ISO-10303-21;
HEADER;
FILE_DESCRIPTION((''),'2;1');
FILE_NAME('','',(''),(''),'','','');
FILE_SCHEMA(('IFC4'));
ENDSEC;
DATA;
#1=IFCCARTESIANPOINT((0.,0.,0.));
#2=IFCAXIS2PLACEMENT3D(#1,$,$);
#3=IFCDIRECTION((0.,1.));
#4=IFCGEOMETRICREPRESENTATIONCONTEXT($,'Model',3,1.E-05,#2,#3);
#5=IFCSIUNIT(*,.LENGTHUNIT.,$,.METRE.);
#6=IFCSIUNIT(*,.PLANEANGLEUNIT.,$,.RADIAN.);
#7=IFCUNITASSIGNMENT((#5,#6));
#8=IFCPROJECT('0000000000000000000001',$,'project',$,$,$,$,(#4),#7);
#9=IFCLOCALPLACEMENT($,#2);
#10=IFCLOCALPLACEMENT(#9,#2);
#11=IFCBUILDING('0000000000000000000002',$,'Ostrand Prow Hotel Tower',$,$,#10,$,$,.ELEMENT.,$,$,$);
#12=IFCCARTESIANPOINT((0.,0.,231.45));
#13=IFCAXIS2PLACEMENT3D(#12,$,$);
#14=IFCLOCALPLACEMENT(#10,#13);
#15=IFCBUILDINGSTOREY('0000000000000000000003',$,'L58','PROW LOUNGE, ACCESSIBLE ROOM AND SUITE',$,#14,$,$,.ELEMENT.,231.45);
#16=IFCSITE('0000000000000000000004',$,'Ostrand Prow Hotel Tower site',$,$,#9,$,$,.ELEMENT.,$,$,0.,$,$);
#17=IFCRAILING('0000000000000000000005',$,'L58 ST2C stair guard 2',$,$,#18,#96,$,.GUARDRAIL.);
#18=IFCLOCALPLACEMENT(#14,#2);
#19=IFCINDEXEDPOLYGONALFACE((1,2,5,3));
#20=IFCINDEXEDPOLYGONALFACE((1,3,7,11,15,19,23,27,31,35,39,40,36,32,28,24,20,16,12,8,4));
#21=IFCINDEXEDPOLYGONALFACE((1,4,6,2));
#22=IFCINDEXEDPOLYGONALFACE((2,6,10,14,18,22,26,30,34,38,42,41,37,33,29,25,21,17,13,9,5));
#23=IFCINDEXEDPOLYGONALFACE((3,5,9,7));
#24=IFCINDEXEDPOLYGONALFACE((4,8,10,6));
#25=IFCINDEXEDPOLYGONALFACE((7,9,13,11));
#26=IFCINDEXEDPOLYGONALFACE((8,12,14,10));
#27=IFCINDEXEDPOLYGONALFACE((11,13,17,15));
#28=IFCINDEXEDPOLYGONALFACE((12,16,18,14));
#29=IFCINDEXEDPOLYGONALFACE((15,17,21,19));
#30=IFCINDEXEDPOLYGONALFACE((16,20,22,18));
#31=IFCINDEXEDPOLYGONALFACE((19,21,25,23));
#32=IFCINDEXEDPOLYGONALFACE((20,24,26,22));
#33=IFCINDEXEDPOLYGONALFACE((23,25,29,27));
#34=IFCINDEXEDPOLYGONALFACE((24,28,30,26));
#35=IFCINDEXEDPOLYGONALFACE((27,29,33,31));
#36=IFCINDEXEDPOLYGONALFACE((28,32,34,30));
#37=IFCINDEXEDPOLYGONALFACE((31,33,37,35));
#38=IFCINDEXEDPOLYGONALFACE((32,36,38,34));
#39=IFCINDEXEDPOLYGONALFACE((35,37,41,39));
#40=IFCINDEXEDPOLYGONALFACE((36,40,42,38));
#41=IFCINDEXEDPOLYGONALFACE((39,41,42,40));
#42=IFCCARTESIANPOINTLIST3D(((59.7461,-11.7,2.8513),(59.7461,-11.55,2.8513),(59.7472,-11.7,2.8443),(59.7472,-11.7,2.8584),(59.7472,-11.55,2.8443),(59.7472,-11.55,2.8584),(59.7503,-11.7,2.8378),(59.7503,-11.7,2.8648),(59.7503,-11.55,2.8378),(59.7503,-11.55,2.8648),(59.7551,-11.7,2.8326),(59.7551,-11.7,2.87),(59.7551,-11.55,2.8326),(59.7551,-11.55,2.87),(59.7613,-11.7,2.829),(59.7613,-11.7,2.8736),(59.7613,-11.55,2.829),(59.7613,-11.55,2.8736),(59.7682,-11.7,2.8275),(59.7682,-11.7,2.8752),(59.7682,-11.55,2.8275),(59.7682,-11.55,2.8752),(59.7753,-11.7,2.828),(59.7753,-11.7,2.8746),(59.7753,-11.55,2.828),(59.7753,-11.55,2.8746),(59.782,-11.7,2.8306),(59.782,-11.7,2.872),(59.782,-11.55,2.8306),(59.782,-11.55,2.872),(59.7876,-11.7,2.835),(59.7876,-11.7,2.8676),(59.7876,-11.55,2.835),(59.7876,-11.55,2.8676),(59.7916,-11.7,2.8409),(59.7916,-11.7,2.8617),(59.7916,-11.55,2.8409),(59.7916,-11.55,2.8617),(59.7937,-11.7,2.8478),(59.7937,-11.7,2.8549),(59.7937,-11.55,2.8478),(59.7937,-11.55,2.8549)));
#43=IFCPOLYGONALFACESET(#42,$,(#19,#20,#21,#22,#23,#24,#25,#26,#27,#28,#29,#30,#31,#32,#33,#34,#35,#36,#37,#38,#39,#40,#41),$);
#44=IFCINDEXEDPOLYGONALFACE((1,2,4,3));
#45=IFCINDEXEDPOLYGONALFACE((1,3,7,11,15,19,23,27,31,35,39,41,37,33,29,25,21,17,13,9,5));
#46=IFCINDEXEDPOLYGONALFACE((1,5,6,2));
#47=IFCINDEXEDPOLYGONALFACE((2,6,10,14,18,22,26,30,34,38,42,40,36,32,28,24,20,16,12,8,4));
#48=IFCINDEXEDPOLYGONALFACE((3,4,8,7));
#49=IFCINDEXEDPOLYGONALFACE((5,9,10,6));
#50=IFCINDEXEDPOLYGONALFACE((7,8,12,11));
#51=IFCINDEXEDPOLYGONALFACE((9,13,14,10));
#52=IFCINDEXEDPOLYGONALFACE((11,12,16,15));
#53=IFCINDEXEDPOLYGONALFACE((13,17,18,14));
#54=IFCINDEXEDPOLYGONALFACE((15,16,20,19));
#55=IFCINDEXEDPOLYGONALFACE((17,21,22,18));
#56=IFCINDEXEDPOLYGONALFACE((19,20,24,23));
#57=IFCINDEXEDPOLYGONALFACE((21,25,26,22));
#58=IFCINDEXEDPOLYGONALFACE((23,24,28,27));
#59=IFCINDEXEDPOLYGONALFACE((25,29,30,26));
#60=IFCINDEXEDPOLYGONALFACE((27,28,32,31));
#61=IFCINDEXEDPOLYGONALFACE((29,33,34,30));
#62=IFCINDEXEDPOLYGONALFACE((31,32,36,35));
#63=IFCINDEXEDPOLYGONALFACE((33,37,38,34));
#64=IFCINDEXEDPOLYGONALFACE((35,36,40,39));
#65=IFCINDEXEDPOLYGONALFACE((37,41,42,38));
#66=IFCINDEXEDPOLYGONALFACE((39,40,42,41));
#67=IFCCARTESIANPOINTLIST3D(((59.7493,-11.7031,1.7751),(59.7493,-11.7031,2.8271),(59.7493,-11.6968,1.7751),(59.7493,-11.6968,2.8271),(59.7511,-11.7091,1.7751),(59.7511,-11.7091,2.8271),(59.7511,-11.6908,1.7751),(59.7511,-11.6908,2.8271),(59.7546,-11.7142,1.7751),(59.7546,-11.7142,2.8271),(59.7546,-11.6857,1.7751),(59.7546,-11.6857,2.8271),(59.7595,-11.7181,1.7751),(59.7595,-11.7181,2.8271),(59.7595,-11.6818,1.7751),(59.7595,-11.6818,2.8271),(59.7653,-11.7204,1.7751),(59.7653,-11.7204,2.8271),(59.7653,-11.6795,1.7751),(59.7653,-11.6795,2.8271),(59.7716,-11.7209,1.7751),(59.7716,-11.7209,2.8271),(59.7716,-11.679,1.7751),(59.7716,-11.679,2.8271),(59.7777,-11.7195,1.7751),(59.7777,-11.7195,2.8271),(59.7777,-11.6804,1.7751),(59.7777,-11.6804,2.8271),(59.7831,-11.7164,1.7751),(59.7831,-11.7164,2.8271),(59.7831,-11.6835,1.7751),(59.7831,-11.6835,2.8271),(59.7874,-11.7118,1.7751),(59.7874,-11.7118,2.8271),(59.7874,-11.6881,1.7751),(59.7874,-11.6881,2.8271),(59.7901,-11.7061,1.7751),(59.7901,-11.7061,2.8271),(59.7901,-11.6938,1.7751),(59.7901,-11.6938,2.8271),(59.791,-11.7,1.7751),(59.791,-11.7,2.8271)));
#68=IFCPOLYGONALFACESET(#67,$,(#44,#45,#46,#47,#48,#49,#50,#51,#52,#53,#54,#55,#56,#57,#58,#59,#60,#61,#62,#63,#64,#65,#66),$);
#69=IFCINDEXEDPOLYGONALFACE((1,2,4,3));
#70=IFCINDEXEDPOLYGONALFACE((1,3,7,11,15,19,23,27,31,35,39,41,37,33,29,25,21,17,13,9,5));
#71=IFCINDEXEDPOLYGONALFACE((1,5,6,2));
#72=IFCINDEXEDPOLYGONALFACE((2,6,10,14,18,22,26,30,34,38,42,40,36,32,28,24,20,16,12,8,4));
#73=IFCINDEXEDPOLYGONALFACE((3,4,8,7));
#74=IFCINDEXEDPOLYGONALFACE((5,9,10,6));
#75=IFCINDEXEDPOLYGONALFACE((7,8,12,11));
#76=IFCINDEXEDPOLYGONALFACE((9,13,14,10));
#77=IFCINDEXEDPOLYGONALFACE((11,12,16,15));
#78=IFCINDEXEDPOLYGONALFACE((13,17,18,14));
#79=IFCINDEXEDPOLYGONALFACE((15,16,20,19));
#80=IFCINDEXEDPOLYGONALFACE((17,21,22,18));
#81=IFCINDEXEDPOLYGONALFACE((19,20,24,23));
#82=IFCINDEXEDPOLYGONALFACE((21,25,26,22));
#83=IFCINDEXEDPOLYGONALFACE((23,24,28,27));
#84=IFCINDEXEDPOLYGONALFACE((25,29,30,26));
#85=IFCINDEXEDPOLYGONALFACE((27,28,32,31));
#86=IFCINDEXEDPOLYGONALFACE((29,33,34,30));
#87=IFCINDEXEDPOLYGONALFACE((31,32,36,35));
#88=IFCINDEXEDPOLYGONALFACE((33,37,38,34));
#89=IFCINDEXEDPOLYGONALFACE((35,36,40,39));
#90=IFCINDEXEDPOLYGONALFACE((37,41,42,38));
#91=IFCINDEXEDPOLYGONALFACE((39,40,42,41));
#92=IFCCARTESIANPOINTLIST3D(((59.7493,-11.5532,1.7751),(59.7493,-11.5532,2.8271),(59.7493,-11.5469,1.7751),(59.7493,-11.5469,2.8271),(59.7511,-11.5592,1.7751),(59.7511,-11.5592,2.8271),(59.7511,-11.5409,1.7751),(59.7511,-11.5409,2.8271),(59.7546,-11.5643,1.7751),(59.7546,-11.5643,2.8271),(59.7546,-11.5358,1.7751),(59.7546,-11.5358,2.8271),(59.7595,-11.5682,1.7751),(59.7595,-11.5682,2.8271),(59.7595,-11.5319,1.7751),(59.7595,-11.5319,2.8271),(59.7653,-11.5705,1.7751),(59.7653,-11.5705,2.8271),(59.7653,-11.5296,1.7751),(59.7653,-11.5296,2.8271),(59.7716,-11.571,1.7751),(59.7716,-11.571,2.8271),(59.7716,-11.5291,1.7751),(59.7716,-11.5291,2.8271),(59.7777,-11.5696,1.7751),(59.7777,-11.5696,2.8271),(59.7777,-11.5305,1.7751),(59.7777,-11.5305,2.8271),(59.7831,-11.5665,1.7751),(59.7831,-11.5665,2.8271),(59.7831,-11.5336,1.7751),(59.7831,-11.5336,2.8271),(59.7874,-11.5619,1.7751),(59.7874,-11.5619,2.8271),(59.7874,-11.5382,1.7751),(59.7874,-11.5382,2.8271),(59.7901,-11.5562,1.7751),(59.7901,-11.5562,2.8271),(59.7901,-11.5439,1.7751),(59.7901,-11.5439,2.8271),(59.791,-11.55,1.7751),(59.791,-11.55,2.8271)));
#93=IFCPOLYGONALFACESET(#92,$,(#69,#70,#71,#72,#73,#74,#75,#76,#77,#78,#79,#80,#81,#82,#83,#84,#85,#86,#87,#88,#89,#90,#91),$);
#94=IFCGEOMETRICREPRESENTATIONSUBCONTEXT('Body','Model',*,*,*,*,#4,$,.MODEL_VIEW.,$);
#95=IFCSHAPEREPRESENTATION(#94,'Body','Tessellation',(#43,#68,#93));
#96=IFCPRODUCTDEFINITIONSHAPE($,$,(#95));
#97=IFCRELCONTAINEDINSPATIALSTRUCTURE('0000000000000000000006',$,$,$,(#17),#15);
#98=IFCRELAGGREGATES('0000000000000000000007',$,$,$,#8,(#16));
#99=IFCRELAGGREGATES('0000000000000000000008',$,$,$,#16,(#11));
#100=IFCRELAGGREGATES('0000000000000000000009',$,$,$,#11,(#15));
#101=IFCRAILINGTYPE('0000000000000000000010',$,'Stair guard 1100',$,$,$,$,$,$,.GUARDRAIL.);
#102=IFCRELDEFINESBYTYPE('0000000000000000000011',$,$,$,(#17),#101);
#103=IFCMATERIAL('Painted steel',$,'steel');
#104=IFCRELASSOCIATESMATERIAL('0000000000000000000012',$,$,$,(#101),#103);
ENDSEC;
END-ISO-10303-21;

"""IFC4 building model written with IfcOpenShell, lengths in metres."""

from ifc_helpers import new_model, si_unit, direction, frame, origin, origin_2d, place, context, subcontext, project, spatial, circle, extrude, material, type_object, element, save


model = new_model("IFC4")

# Units and contexts
model_context = context("Model", 3, precision=1e-05, world=origin(), true_north=direction((0.0, 1.0)))
body_context = subcontext(model_context, "Body", "Model", "MODEL_VIEW")
ifc_project = project(units=[si_unit("LENGTHUNIT", "METRE"), si_unit("PLANEANGLEUNIT", "RADIAN")], contexts=[model_context])

# Site, building, storey
site_placement = place(None, origin())
site = spatial("IfcSite", under=ifc_project, at=site_placement, Name="Ostrand Prow Hotel Tower site", CompositionType="ELEMENT", RefElevation=0.0)
building_placement = place(site_placement, origin())
building = spatial("IfcBuilding", under=site, at=building_placement, Name="Ostrand Prow Hotel Tower", CompositionType="ELEMENT")
storey_placement = place(building_placement, frame((0.0, 0.0, 231.45)))
storey = spatial("IfcBuildingStorey", under=building, at=storey_placement, Name="L58", Description="PROW LOUNGE, ACCESSIBLE ROOM AND SUITE", CompositionType="ELEMENT", Elevation=231.45)

# Railing
ifc_material_1 = material(Name="Painted steel", Category="steel")
railing_type_1 = type_object("IfcRailingType", Name="Stair guard 1100", PredefinedType="GUARDRAIL", material=ifc_material_1)
railing_1_placement = place(storey_placement, frame((59.77, -11.7, 1.7751)))
element("IfcRailing", 1, at=railing_1_placement, inside=storey, type_object=railing_type_1, Name="L58 ST2C stair guard 2", PredefinedType="GUARDRAIL", context=body_context, shape_type="SweptSolid", body=[
    extrude(circle(Radius=0.0239, at=origin_2d()), frame((0.0, 0.0, 1.0762), z_axis=(0.0, 1.0, 0.0), x_axis=(-1.0, 0.0, 0.0)), (0.0, 0.0, 1.0), 0.1499),
    extrude(circle(Radius=0.021, at=origin_2d()), origin(), (0.0, 0.0, 1.0), 1.052),
    extrude(circle(Radius=0.021, at=origin_2d()), frame((0.0, 0.1499, 0.0)), (0.0, 0.0, 1.0), 1.052),
])

save(model, "model.ifc")
